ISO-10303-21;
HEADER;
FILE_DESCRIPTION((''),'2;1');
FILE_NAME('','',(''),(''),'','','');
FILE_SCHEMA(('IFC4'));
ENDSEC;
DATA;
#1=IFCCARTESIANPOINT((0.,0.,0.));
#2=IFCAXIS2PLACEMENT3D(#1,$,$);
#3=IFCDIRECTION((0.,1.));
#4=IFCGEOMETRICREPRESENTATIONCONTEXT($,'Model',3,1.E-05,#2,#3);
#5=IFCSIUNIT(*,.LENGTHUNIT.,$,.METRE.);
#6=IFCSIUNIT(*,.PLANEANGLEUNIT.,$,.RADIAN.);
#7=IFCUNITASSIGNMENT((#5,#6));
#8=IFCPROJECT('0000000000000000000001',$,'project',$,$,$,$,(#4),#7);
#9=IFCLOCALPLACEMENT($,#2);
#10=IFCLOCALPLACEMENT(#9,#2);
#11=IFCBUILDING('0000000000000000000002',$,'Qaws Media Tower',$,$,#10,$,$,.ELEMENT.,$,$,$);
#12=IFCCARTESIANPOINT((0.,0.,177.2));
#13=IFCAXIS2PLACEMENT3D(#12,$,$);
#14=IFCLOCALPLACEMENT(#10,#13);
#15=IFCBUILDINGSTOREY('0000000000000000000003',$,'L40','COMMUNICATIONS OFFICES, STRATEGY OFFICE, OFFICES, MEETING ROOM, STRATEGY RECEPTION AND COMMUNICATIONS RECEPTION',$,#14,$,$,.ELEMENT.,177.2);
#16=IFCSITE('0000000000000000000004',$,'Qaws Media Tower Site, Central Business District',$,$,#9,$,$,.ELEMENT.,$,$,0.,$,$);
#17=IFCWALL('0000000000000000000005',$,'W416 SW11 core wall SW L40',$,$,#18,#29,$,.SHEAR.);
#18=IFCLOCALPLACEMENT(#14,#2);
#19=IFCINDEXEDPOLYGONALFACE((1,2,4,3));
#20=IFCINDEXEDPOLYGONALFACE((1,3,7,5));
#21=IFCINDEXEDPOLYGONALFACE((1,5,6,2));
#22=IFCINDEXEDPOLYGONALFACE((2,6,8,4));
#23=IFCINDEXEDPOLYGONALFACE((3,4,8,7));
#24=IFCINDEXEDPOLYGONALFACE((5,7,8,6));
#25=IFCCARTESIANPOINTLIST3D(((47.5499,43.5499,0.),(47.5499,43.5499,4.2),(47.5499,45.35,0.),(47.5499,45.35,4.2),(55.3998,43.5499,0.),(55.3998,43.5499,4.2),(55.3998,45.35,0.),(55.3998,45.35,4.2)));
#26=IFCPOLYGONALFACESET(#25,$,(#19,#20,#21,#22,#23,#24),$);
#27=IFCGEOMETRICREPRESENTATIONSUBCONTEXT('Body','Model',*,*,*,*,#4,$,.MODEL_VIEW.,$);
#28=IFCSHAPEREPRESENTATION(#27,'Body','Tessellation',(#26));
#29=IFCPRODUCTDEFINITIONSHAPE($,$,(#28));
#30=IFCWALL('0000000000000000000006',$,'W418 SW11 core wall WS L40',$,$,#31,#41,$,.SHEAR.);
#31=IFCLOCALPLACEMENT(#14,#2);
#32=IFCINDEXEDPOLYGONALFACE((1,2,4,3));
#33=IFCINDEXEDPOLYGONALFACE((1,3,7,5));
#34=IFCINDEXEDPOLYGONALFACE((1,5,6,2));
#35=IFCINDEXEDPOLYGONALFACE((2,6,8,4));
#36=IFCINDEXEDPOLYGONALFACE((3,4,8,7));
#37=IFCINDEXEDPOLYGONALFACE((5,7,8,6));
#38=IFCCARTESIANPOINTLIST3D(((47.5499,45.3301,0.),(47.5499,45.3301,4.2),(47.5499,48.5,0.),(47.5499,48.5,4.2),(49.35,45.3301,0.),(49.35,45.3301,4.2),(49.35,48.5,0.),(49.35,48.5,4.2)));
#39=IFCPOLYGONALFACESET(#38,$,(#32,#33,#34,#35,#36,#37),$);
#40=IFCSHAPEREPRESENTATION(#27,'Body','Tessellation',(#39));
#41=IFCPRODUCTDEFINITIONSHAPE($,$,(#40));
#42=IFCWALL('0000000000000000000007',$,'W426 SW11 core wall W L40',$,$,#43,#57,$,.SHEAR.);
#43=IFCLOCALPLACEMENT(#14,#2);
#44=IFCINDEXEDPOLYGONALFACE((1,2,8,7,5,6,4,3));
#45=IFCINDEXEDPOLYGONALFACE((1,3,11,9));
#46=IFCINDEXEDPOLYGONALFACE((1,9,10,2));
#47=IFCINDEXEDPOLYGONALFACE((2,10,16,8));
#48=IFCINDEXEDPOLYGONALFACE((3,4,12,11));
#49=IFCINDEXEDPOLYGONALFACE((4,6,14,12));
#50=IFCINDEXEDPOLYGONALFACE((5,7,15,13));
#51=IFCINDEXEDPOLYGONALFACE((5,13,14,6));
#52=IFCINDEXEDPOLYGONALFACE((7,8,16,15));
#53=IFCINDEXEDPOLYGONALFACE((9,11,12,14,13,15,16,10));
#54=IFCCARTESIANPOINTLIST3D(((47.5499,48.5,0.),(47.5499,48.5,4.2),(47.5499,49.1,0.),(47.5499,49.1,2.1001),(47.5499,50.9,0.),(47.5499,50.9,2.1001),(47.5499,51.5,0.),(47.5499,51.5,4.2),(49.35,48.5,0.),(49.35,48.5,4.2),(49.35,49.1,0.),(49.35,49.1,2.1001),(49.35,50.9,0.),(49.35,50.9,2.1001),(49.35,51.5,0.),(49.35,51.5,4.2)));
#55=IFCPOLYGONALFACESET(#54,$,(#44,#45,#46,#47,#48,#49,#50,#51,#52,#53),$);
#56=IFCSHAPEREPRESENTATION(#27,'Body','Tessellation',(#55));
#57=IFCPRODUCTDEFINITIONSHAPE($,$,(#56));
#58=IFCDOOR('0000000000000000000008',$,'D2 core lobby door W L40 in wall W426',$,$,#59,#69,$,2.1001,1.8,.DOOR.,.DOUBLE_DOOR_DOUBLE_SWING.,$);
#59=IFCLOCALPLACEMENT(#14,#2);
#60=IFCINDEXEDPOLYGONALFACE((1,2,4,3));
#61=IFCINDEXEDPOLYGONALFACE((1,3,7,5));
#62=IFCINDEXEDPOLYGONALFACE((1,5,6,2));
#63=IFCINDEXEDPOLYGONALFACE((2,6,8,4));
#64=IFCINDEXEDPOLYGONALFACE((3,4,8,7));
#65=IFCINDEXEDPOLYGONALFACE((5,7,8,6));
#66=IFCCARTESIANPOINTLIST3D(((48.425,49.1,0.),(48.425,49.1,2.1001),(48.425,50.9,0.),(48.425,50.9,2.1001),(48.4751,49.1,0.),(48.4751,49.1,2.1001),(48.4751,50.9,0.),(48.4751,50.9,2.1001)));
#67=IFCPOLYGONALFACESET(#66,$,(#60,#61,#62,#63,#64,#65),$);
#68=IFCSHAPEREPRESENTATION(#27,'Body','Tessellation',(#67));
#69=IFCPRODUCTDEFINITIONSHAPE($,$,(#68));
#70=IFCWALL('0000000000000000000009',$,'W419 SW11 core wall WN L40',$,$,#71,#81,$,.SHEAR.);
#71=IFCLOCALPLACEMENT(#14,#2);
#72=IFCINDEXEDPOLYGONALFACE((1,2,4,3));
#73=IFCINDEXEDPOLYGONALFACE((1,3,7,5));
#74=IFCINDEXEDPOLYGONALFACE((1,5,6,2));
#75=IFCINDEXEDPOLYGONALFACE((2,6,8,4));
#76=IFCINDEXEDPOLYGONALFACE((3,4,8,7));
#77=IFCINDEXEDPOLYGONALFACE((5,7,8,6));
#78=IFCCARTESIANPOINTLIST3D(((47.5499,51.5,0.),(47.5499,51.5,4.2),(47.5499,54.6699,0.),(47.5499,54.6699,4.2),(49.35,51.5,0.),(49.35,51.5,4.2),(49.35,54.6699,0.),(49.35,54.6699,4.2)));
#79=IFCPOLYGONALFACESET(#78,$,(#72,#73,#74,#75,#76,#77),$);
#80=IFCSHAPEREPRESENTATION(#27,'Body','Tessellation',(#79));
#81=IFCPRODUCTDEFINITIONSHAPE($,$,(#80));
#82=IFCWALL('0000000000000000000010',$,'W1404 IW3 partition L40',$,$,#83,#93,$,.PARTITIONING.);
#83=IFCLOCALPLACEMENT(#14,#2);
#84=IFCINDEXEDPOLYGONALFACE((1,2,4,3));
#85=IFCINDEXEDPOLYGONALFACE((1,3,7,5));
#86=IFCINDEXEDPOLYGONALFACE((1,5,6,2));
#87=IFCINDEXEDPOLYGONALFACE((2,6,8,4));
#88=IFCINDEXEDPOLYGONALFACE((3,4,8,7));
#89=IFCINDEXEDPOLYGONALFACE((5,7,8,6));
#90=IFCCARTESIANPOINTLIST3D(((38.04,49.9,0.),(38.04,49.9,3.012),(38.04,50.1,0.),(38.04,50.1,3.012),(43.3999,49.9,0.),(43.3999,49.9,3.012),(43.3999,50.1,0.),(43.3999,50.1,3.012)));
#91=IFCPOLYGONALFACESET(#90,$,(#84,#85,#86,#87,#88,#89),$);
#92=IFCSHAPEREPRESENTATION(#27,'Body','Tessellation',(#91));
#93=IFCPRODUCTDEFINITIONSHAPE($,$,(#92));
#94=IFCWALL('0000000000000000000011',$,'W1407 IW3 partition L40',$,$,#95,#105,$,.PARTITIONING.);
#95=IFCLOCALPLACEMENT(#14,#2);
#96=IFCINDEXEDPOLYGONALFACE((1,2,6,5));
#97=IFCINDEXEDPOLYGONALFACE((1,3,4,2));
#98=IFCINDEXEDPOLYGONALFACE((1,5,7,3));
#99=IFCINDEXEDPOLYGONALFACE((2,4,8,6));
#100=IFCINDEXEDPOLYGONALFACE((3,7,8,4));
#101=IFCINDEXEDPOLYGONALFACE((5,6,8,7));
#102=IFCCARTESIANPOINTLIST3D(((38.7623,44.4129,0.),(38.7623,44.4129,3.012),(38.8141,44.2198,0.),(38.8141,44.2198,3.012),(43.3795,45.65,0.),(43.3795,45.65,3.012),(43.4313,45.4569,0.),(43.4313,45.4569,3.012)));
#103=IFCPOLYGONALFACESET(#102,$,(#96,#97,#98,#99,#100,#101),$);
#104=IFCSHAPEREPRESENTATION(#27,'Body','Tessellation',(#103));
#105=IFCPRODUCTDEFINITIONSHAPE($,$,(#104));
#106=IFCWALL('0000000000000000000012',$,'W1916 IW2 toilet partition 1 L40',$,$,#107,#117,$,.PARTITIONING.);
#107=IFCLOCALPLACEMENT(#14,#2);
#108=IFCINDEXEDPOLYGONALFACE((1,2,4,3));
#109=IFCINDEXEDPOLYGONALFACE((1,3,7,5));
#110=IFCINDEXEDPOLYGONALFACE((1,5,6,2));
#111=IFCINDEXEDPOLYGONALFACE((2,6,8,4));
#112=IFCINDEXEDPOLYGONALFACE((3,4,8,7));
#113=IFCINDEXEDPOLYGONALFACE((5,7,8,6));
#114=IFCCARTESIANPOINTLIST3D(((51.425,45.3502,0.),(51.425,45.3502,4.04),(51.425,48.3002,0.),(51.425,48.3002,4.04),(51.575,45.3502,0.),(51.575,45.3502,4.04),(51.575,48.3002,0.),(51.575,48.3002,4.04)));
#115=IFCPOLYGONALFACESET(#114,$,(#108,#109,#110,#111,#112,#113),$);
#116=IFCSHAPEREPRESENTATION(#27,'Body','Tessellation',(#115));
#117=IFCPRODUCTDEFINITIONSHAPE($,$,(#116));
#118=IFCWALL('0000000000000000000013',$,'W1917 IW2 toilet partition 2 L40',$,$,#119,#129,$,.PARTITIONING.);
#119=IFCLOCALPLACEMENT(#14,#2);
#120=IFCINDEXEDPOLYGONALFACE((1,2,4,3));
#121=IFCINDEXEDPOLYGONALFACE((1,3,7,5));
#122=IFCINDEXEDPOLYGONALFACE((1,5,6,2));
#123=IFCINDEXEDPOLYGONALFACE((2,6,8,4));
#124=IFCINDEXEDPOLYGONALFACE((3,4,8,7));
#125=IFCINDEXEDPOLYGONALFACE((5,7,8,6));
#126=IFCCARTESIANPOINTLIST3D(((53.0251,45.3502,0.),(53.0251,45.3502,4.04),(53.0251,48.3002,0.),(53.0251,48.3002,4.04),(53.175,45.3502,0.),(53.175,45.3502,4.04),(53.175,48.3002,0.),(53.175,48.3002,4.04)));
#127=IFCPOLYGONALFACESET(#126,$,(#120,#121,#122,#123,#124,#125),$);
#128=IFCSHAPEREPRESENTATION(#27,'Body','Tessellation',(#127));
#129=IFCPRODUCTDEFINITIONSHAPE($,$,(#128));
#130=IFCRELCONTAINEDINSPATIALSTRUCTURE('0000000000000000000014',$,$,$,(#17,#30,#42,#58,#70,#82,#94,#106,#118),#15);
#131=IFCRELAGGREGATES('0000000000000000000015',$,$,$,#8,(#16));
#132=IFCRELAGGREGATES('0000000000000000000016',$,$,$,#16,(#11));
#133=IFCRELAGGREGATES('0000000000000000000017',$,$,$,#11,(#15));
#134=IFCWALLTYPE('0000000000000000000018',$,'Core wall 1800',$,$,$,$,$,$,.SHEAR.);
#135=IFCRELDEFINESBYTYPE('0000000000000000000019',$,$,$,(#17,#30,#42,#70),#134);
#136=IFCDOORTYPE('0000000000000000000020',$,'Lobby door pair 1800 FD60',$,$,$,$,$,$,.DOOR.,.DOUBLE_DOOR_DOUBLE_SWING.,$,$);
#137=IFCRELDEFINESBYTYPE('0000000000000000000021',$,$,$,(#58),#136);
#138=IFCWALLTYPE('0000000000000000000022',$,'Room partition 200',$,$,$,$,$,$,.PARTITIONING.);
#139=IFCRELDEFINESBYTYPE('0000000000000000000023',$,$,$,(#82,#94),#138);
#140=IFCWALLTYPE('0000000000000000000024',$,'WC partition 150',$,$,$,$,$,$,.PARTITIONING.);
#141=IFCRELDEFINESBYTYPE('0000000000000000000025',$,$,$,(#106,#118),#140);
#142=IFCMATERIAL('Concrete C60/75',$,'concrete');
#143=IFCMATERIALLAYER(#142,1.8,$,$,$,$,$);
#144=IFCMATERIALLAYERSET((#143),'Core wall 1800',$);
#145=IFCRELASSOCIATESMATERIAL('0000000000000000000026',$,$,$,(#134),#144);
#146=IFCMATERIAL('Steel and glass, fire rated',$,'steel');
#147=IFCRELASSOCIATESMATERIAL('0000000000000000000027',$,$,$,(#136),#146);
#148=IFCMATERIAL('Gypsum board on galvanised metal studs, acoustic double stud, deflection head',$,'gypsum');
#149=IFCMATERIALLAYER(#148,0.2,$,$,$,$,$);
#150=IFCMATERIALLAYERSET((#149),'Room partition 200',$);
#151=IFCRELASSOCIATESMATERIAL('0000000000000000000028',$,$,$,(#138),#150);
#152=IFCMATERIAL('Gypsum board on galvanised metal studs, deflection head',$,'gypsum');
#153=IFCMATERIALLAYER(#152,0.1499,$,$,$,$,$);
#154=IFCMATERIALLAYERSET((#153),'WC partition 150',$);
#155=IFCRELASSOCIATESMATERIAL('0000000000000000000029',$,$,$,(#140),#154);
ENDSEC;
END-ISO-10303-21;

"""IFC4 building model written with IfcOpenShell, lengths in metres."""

from ifc_helpers import new_model, si_unit, direction, frame, frame_2d, origin, place, context, subcontext, project, spatial, rectangle, extrude, material, layer, layer_set, type_object, element, fill, save


model = new_model("IFC4")

# Units and contexts
model_context = context("Model", 3, precision=1e-05, world=origin(), true_north=direction((0.0, 1.0)))
body_context = subcontext(model_context, "Body", "Model", "MODEL_VIEW")
ifc_project = project(units=[si_unit("LENGTHUNIT", "METRE"), si_unit("PLANEANGLEUNIT", "RADIAN")], contexts=[model_context])

# Site, building, storey
site_placement = place(None, origin())
site = spatial("IfcSite", under=ifc_project, at=site_placement, Name="Qaws Media Tower Site, Central Business District", CompositionType="ELEMENT", RefElevation=0.0)
building_placement = place(site_placement, origin())
building = spatial("IfcBuilding", under=site, at=building_placement, Name="Qaws Media Tower", CompositionType="ELEMENT")
storey_placement = place(building_placement, frame((0.0, 0.0, 177.2)))
storey = spatial("IfcBuildingStorey", under=building, at=storey_placement, Name="L40", Description="COMMUNICATIONS OFFICES, STRATEGY OFFICE, OFFICES, MEETING ROOM, STRATEGY RECEPTION AND COMMUNICATIONS RECEPTION", CompositionType="ELEMENT", Elevation=177.2)

# Walls
ifc_material_1 = material(Name="Concrete C60/75", Category="concrete")
ifc_layer_1 = layer(ifc_material_1, 1.8)
ifc_layer_set_1 = layer_set([ifc_layer_1], Name="Core wall 1800")
wall_type_1 = type_object("IfcWallType", Name="Core wall 1800", PredefinedType="SHEAR", material=ifc_layer_set_1)
wall_1_placement = place(storey_placement, frame((47.55, 44.45, 0.0), z_axis=(0.0, 0.0, 1.0), x_axis=(1.0, 0.0, 0.0)))
element("IfcWall", 1, at=wall_1_placement, inside=storey, type_object=wall_type_1, Name="W416 SW11 core wall SW L40", PredefinedType="SHEAR", context=body_context, shape_type="SweptSolid", body=[
    extrude(rectangle(XDim=7.8499, YDim=1.8, at=frame_2d((3.9248, 0.0))), origin(), (0.0, 0.0, 1.0), 4.2),
])
wall_2_placement = place(storey_placement, frame((48.45, 45.3301, 0.0), z_axis=(0.0, 0.0, 1.0), x_axis=(0.0, 1.0, 0.0)))
element("IfcWall", 2, at=wall_2_placement, inside=storey, type_object=wall_type_1, Name="W418 SW11 core wall WS L40", PredefinedType="SHEAR", context=body_context, shape_type="SweptSolid", body=[
    extrude(rectangle(XDim=3.1699, YDim=1.8, at=frame_2d((1.585, 0.0))), origin(), (0.0, 0.0, 1.0), 4.2),
])

# Wall, opening, door
wall_3_placement = place(storey_placement, frame((48.45, 48.5, 0.0), z_axis=(0.0, 0.0, 1.0), x_axis=(0.0, 1.0, 0.0)))
wall_3 = element("IfcWall", 3, at=wall_3_placement, inside=storey, type_object=wall_type_1, Name="W426 SW11 core wall W L40", PredefinedType="SHEAR", context=body_context, shape_type="SweptSolid", body=[
    extrude(rectangle(XDim=3.0, YDim=1.8, at=frame_2d((1.5, 0.0))), origin(), (0.0, 0.0, 1.0), 4.2),
])
opening_1_placement = place(wall_3_placement, frame((0.6001, 0.0, 0.0)))
opening_1 = element("IfcOpeningElement", 4, at=opening_1_placement, cuts=wall_3, PredefinedType="OPENING", context=body_context, shape_type="SweptSolid", body=[
    extrude(rectangle(XDim=1.8, YDim=2.1001, at=frame_2d((0.8999, 1.05))), frame((0.0, 0.9099, 0.0), z_axis=(0.0, -1.0, 0.0), x_axis=(1.0, 0.0, 0.0)), (0.0, 0.0, 1.0), 1.8201),
])
ifc_material_2 = material(Name="Steel and glass, fire rated", Category="steel")
door_type_1 = type_object("IfcDoorType", Name="Lobby door pair 1800 FD60", OperationType="DOUBLE_DOOR_DOUBLE_SWING", PredefinedType="DOOR", material=ifc_material_2)
door_1_placement = place(opening_1_placement, origin())
door_1 = element("IfcDoor", 5, at=door_1_placement, inside=storey, type_object=door_type_1, Name="D2 core lobby door W L40 in wall W426", OperationType="DOUBLE_DOOR_DOUBLE_SWING", OverallHeight=2.1001, OverallWidth=1.8, PredefinedType="DOOR", context=body_context, shape_type="SweptSolid", body=[
    extrude(rectangle(XDim=1.8, YDim=2.1001, at=frame_2d((0.8999, 1.05))), frame((0.0, 0.0249, 0.0), z_axis=(0.0, -1.0, 0.0), x_axis=(1.0, 0.0, 0.0)), (0.0, 0.0, 1.0), 0.05),
])
fill(opening_1, door_1)

# Wall
wall_4_placement = place(storey_placement, frame((48.45, 51.5, 0.0), z_axis=(0.0, 0.0, 1.0), x_axis=(0.0, 1.0, 0.0)))
element("IfcWall", 6, at=wall_4_placement, inside=storey, type_object=wall_type_1, Name="W419 SW11 core wall WN L40", PredefinedType="SHEAR", context=body_context, shape_type="SweptSolid", body=[
    extrude(rectangle(XDim=3.1699, YDim=1.8, at=frame_2d((1.585, 0.0))), origin(), (0.0, 0.0, 1.0), 4.2),
])

# Shared definitions
ifc_material_3 = material(Name="Gypsum board on galvanised metal studs, acoustic double stud, deflection head", Category="gypsum")
ifc_layer_2 = layer(ifc_material_3, 0.2)
ifc_layer_set_2 = layer_set([ifc_layer_2], Name="Room partition 200")
wall_type_2 = type_object("IfcWallType", Name="Room partition 200", PredefinedType="PARTITIONING", material=ifc_layer_set_2)

# Walls
wall_5_placement = place(storey_placement, frame((43.3999, 50.0, 0.0), z_axis=(0.0, 0.0, 1.0), x_axis=(-1.0, 0.0, 0.0)))
element("IfcWall", 7, at=wall_5_placement, inside=storey, type_object=wall_type_2, Name="W1404 IW3 partition L40", PredefinedType="PARTITIONING", context=body_context, shape_type="SweptSolid", body=[
    extrude(rectangle(XDim=5.3599, YDim=0.2, at=frame_2d((2.6799, 0.0))), origin(), (0.0, 0.0, 1.0), 3.012),
])
wall_6_placement = place(storey_placement, frame((43.4055, 45.5535, 0.0), z_axis=(0.0, 0.0, 1.0), x_axis=(-0.965932, -0.258797, 0.0)))
element("IfcWall", 8, at=wall_6_placement, inside=storey, type_object=wall_type_2, Name="W1407 IW3 partition L40", PredefinedType="PARTITIONING", context=body_context, shape_type="SweptSolid", body=[
    extrude(rectangle(XDim=4.78, YDim=0.2, at=frame_2d((2.3901, 0.0))), origin(), (0.0, 0.0, 1.0), 3.012),
])
ifc_material_4 = material(Name="Gypsum board on galvanised metal studs, deflection head", Category="gypsum")
ifc_layer_3 = layer(ifc_material_4, 0.1499)
ifc_layer_set_3 = layer_set([ifc_layer_3], Name="WC partition 150")
wall_type_3 = type_object("IfcWallType", Name="WC partition 150", PredefinedType="PARTITIONING", material=ifc_layer_set_3)
for number, where, z_axis, x_axis, name in (
    (9, (51.5, 45.3501, 0.0), (0.0, 0.0, 1.0), (0.0, 1.0, 0.0), "W1916 IW2 toilet partition 1 L40"),
    (10, (53.1001, 45.3501, 0.0), (0.0, 0.0, 1.0), (0.0, 1.0, 0.0), "W1917 IW2 toilet partition 2 L40"),
):
    element("IfcWall", number, at=place(storey_placement, frame(where, z_axis=z_axis, x_axis=x_axis)), inside=storey, type_object=wall_type_3, Name=name, PredefinedType="PARTITIONING", context=body_context, shape_type="SweptSolid", body=[
        extrude(rectangle(XDim=2.95, YDim=0.1499, at=frame_2d((1.4751, 0.0))), origin(), (0.0, 0.0, 1.0), 4.04),
    ])

save(model, "model.ifc")
